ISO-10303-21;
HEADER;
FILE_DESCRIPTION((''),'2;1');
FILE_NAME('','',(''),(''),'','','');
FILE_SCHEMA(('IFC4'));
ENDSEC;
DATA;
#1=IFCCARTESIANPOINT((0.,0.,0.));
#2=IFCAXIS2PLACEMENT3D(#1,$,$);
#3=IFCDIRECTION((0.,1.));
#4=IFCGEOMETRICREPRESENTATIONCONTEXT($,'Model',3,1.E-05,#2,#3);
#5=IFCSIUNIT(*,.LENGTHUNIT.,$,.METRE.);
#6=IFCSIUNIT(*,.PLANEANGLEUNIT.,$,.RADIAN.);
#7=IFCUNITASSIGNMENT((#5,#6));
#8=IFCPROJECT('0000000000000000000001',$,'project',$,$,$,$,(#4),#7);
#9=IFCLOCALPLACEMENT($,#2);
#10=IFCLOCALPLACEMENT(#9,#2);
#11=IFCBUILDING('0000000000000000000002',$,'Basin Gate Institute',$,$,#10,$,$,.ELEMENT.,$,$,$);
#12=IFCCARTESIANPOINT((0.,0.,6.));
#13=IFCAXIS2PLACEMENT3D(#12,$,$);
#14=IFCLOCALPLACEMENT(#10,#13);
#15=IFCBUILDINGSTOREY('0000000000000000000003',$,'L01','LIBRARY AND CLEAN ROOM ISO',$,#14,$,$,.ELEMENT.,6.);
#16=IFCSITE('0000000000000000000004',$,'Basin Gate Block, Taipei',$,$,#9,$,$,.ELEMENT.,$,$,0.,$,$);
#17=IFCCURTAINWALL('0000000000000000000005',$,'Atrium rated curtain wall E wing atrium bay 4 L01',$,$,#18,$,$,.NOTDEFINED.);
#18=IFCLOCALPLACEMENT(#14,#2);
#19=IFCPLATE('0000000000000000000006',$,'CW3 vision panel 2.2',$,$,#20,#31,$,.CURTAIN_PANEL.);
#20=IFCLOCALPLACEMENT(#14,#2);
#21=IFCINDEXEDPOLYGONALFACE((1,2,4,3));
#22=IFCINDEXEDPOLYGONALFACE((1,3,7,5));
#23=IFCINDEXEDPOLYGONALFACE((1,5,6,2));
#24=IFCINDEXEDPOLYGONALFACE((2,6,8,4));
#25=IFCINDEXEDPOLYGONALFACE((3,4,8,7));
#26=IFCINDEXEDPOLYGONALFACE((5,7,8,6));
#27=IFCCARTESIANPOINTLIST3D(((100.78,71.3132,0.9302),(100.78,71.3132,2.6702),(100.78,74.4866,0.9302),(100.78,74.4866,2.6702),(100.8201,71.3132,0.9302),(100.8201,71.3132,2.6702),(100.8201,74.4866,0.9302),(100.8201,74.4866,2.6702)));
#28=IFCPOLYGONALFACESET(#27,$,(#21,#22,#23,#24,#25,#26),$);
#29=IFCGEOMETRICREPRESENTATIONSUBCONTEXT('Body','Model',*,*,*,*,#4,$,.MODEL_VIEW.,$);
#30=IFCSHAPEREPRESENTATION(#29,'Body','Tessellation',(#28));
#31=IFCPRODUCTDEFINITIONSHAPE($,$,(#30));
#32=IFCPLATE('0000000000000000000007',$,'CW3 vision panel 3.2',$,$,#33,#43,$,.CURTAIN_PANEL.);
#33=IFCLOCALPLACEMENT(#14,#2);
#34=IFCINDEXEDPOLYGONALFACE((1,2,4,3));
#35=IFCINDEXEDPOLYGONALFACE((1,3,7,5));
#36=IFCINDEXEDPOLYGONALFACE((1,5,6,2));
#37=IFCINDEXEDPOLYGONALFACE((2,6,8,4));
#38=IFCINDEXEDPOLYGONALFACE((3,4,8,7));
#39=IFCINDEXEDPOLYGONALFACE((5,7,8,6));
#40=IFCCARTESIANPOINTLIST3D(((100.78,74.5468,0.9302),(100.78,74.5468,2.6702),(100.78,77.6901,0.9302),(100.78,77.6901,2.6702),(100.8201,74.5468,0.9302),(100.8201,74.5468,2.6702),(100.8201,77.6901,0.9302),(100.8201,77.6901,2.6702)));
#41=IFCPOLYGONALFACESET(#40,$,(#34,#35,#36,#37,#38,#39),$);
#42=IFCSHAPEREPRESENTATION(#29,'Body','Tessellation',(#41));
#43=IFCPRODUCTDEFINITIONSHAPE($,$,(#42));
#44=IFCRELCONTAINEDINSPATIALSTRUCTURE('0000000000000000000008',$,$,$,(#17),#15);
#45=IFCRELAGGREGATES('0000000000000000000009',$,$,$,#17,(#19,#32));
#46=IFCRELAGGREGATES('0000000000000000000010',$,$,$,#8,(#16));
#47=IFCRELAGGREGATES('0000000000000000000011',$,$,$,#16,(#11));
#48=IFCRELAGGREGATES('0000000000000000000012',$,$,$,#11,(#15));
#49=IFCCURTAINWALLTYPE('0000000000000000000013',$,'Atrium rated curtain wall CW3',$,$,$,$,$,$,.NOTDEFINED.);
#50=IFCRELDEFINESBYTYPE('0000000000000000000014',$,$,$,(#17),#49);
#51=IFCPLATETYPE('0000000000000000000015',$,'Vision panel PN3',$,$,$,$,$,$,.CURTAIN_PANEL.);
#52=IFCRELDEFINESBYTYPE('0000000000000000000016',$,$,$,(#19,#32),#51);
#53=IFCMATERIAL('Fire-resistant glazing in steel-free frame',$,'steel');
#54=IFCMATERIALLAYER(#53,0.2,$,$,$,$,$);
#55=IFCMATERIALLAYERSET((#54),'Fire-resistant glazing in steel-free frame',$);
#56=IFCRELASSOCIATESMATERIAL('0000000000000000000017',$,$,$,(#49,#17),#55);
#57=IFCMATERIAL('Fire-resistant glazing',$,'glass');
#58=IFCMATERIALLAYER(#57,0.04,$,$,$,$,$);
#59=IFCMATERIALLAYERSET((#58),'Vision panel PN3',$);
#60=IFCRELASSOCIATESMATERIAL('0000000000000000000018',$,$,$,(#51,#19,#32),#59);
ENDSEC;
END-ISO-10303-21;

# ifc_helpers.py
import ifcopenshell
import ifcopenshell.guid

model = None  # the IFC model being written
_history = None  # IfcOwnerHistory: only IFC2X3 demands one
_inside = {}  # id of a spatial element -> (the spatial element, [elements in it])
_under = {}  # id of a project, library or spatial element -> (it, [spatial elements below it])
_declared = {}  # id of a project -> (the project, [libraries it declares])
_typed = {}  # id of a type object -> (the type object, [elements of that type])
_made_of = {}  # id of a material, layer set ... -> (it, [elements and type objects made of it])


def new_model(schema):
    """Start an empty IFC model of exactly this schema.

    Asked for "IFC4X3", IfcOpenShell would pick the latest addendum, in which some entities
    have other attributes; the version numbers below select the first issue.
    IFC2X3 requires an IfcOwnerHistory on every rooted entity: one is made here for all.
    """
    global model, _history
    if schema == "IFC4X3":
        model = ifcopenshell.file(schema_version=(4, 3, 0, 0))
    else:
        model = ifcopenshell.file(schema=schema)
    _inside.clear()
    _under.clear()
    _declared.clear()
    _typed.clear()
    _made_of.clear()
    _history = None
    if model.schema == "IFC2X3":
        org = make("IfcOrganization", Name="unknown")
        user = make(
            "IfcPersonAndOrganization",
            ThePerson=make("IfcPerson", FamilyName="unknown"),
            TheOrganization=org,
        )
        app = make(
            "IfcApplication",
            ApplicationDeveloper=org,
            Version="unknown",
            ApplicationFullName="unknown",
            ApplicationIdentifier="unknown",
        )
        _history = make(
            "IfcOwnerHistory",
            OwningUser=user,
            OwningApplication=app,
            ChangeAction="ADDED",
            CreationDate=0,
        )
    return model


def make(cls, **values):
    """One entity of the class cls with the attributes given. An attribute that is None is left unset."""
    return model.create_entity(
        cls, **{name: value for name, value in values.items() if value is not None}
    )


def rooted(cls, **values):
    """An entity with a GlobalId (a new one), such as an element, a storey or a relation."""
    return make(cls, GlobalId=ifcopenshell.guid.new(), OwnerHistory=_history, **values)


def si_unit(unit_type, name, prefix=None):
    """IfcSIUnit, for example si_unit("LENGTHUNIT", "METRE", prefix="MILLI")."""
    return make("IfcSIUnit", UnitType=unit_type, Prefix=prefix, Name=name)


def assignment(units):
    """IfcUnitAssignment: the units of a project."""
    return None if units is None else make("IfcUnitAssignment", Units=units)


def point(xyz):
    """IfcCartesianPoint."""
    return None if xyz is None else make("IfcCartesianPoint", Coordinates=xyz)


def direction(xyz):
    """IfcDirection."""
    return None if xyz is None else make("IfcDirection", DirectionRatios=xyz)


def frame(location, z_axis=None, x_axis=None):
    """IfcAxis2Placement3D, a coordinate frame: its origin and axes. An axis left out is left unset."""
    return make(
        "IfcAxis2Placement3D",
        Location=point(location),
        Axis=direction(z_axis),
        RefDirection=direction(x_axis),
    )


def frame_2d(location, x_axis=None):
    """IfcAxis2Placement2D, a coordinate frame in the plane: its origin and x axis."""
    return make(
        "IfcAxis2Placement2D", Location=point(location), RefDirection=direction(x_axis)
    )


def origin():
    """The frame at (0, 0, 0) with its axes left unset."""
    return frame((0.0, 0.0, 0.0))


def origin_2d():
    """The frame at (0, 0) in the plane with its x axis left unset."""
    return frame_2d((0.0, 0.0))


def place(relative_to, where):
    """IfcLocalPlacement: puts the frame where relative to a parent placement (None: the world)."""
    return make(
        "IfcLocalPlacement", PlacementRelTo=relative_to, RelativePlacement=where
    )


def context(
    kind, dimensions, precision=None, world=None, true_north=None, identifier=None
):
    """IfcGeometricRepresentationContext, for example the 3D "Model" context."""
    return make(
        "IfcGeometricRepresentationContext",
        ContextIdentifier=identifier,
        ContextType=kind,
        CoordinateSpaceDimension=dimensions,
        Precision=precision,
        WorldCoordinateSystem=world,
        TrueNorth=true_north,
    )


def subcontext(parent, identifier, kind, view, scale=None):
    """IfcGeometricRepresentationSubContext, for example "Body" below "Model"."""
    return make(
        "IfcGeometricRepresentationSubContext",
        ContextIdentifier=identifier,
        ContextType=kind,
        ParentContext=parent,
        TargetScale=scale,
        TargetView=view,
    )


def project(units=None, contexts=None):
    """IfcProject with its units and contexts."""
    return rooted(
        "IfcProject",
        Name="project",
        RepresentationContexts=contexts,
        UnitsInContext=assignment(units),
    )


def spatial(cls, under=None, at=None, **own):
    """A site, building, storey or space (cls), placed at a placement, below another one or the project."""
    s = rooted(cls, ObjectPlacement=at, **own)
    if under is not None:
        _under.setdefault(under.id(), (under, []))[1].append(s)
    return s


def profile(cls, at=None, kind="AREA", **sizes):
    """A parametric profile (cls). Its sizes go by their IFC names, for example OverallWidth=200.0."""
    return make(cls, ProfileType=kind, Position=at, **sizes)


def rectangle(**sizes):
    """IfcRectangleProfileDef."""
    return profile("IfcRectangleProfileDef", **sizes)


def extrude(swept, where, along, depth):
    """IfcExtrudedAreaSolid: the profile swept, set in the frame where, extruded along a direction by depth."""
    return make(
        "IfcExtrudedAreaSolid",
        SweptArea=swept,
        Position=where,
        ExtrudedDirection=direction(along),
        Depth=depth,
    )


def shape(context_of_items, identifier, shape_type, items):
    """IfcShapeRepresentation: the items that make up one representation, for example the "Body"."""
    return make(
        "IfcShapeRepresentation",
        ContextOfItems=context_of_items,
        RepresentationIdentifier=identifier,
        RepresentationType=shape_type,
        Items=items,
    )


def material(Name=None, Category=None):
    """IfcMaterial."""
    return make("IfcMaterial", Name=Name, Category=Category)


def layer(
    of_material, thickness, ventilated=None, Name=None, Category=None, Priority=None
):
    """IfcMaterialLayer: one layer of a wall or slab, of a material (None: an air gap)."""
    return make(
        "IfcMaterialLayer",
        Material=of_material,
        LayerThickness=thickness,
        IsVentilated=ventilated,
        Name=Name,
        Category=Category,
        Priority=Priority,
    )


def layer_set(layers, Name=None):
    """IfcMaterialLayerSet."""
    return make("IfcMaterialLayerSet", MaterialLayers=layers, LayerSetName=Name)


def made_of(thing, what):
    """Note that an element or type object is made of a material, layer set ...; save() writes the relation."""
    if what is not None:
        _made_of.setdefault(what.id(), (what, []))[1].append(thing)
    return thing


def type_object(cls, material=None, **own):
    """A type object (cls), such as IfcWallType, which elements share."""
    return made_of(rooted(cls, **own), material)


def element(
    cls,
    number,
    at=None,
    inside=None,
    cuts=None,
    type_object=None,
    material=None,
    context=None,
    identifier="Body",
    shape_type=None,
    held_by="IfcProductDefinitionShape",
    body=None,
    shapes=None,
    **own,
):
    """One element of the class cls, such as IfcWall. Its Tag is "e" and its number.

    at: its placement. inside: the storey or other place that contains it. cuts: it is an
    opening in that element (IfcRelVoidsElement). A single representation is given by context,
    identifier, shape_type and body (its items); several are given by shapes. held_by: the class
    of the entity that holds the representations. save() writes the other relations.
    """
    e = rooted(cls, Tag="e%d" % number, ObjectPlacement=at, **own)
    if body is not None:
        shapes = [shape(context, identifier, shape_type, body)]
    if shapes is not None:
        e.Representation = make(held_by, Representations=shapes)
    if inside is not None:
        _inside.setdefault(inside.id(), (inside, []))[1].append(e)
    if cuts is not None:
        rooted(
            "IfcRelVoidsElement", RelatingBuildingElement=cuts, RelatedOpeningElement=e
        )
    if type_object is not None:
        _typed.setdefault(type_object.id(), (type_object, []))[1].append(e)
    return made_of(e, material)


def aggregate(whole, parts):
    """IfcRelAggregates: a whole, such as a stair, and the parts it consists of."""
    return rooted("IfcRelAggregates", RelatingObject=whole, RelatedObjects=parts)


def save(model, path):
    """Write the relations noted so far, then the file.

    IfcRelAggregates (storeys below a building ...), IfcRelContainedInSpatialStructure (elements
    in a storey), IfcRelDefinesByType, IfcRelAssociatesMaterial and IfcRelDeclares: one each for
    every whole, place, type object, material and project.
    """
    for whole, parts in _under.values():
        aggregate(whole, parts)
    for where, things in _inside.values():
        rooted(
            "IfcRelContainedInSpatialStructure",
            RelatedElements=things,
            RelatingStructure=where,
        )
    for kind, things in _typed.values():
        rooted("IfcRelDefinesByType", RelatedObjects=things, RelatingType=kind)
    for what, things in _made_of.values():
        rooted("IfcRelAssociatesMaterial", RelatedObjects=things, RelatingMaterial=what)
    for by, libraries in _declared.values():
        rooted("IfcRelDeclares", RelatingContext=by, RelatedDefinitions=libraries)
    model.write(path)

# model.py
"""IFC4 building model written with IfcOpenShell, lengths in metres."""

from ifc_helpers import new_model, si_unit, direction, frame, origin, origin_2d, place, context, subcontext, project, spatial, rectangle, extrude, material, layer, layer_set, type_object, element, aggregate, save


model = new_model("IFC4")

# Units and contexts
model_context = context("Model", 3, precision=1e-05, world=origin(), true_north=direction((0.0, 1.0)))
body_context = subcontext(model_context, "Body", "Model", "MODEL_VIEW")
ifc_project = project(units=[si_unit("LENGTHUNIT", "METRE"), si_unit("PLANEANGLEUNIT", "RADIAN")], contexts=[model_context])

# Site, building, storey
site_placement = place(None, origin())
site = spatial("IfcSite", under=ifc_project, at=site_placement, Name="Basin Gate Block, Taipei", CompositionType="ELEMENT", RefElevation=0.0)
building_placement = place(site_placement, origin())
building = spatial("IfcBuilding", under=site, at=building_placement, Name="Basin Gate Institute", CompositionType="ELEMENT")
storey_placement = place(building_placement, frame((0.0, 0.0, 6.0)))
storey = spatial("IfcBuildingStorey", under=building, at=storey_placement, Name="L01", Description="LIBRARY AND CLEAN ROOM ISO", CompositionType="ELEMENT", Elevation=6.0)

# Curtain wall
ifc_material_1 = material(Name="Fire-resistant glazing in steel-free frame", Category="steel")
ifc_layer_1 = layer(ifc_material_1, 0.2)
ifc_layer_set_1 = layer_set([ifc_layer_1], Name="Fire-resistant glazing in steel-free frame")
curtain_wall_type = type_object("IfcCurtainWallType", Name="Atrium rated curtain wall CW3", PredefinedType="NOTDEFINED", material=ifc_layer_set_1)
curtain_wall_1_placement = place(storey_placement, origin())
curtain_wall_1 = element("IfcCurtainWall", 1, at=curtain_wall_1_placement, inside=storey, type_object=curtain_wall_type, material=ifc_layer_set_1, Name="Atrium rated curtain wall E wing atrium bay 4 L01", PredefinedType="NOTDEFINED")

# Plates
ifc_material_2 = material(Name="Fire-resistant glazing", Category="glass")
ifc_layer_2 = layer(ifc_material_2, 0.04)
ifc_layer_set_2 = layer_set([ifc_layer_2], Name="Vision panel PN3")
plate_type_1 = type_object("IfcPlateType", Name="Vision panel PN3", PredefinedType="CURTAIN_PANEL", material=ifc_layer_set_2)
plate_1_placement = place(storey_placement, frame((100.8, 72.8999, 0.9302), z_axis=(0.0, 0.0, 1.0), x_axis=(0.0, 1.0, 0.0)))
plate_1 = element("IfcPlate", 2, at=plate_1_placement, type_object=plate_type_1, material=ifc_layer_set_2, Name="CW3 vision panel 2.2", PredefinedType="CURTAIN_PANEL", context=body_context, shape_type="SweptSolid", body=[
    extrude(rectangle(XDim=3.1733, YDim=0.04, at=origin_2d()), origin(), (0.0, 0.0, 1.0), 1.74),
])
plate_2_placement = place(storey_placement, frame((100.8, 76.1184, 0.9302), z_axis=(0.0, 0.0, 1.0), x_axis=(0.0, 1.0, 0.0)))
plate_2 = element("IfcPlate", 3, at=plate_2_placement, type_object=plate_type_1, material=ifc_layer_set_2, Name="CW3 vision panel 3.2", PredefinedType="CURTAIN_PANEL", context=body_context, shape_type="SweptSolid", body=[
    extrude(rectangle(XDim=3.1433, YDim=0.04, at=origin_2d()), origin(), (0.0, 0.0, 1.0), 1.74),
])
aggregate(curtain_wall_1, [plate_1, plate_2])

save(model, "model.ifc")
